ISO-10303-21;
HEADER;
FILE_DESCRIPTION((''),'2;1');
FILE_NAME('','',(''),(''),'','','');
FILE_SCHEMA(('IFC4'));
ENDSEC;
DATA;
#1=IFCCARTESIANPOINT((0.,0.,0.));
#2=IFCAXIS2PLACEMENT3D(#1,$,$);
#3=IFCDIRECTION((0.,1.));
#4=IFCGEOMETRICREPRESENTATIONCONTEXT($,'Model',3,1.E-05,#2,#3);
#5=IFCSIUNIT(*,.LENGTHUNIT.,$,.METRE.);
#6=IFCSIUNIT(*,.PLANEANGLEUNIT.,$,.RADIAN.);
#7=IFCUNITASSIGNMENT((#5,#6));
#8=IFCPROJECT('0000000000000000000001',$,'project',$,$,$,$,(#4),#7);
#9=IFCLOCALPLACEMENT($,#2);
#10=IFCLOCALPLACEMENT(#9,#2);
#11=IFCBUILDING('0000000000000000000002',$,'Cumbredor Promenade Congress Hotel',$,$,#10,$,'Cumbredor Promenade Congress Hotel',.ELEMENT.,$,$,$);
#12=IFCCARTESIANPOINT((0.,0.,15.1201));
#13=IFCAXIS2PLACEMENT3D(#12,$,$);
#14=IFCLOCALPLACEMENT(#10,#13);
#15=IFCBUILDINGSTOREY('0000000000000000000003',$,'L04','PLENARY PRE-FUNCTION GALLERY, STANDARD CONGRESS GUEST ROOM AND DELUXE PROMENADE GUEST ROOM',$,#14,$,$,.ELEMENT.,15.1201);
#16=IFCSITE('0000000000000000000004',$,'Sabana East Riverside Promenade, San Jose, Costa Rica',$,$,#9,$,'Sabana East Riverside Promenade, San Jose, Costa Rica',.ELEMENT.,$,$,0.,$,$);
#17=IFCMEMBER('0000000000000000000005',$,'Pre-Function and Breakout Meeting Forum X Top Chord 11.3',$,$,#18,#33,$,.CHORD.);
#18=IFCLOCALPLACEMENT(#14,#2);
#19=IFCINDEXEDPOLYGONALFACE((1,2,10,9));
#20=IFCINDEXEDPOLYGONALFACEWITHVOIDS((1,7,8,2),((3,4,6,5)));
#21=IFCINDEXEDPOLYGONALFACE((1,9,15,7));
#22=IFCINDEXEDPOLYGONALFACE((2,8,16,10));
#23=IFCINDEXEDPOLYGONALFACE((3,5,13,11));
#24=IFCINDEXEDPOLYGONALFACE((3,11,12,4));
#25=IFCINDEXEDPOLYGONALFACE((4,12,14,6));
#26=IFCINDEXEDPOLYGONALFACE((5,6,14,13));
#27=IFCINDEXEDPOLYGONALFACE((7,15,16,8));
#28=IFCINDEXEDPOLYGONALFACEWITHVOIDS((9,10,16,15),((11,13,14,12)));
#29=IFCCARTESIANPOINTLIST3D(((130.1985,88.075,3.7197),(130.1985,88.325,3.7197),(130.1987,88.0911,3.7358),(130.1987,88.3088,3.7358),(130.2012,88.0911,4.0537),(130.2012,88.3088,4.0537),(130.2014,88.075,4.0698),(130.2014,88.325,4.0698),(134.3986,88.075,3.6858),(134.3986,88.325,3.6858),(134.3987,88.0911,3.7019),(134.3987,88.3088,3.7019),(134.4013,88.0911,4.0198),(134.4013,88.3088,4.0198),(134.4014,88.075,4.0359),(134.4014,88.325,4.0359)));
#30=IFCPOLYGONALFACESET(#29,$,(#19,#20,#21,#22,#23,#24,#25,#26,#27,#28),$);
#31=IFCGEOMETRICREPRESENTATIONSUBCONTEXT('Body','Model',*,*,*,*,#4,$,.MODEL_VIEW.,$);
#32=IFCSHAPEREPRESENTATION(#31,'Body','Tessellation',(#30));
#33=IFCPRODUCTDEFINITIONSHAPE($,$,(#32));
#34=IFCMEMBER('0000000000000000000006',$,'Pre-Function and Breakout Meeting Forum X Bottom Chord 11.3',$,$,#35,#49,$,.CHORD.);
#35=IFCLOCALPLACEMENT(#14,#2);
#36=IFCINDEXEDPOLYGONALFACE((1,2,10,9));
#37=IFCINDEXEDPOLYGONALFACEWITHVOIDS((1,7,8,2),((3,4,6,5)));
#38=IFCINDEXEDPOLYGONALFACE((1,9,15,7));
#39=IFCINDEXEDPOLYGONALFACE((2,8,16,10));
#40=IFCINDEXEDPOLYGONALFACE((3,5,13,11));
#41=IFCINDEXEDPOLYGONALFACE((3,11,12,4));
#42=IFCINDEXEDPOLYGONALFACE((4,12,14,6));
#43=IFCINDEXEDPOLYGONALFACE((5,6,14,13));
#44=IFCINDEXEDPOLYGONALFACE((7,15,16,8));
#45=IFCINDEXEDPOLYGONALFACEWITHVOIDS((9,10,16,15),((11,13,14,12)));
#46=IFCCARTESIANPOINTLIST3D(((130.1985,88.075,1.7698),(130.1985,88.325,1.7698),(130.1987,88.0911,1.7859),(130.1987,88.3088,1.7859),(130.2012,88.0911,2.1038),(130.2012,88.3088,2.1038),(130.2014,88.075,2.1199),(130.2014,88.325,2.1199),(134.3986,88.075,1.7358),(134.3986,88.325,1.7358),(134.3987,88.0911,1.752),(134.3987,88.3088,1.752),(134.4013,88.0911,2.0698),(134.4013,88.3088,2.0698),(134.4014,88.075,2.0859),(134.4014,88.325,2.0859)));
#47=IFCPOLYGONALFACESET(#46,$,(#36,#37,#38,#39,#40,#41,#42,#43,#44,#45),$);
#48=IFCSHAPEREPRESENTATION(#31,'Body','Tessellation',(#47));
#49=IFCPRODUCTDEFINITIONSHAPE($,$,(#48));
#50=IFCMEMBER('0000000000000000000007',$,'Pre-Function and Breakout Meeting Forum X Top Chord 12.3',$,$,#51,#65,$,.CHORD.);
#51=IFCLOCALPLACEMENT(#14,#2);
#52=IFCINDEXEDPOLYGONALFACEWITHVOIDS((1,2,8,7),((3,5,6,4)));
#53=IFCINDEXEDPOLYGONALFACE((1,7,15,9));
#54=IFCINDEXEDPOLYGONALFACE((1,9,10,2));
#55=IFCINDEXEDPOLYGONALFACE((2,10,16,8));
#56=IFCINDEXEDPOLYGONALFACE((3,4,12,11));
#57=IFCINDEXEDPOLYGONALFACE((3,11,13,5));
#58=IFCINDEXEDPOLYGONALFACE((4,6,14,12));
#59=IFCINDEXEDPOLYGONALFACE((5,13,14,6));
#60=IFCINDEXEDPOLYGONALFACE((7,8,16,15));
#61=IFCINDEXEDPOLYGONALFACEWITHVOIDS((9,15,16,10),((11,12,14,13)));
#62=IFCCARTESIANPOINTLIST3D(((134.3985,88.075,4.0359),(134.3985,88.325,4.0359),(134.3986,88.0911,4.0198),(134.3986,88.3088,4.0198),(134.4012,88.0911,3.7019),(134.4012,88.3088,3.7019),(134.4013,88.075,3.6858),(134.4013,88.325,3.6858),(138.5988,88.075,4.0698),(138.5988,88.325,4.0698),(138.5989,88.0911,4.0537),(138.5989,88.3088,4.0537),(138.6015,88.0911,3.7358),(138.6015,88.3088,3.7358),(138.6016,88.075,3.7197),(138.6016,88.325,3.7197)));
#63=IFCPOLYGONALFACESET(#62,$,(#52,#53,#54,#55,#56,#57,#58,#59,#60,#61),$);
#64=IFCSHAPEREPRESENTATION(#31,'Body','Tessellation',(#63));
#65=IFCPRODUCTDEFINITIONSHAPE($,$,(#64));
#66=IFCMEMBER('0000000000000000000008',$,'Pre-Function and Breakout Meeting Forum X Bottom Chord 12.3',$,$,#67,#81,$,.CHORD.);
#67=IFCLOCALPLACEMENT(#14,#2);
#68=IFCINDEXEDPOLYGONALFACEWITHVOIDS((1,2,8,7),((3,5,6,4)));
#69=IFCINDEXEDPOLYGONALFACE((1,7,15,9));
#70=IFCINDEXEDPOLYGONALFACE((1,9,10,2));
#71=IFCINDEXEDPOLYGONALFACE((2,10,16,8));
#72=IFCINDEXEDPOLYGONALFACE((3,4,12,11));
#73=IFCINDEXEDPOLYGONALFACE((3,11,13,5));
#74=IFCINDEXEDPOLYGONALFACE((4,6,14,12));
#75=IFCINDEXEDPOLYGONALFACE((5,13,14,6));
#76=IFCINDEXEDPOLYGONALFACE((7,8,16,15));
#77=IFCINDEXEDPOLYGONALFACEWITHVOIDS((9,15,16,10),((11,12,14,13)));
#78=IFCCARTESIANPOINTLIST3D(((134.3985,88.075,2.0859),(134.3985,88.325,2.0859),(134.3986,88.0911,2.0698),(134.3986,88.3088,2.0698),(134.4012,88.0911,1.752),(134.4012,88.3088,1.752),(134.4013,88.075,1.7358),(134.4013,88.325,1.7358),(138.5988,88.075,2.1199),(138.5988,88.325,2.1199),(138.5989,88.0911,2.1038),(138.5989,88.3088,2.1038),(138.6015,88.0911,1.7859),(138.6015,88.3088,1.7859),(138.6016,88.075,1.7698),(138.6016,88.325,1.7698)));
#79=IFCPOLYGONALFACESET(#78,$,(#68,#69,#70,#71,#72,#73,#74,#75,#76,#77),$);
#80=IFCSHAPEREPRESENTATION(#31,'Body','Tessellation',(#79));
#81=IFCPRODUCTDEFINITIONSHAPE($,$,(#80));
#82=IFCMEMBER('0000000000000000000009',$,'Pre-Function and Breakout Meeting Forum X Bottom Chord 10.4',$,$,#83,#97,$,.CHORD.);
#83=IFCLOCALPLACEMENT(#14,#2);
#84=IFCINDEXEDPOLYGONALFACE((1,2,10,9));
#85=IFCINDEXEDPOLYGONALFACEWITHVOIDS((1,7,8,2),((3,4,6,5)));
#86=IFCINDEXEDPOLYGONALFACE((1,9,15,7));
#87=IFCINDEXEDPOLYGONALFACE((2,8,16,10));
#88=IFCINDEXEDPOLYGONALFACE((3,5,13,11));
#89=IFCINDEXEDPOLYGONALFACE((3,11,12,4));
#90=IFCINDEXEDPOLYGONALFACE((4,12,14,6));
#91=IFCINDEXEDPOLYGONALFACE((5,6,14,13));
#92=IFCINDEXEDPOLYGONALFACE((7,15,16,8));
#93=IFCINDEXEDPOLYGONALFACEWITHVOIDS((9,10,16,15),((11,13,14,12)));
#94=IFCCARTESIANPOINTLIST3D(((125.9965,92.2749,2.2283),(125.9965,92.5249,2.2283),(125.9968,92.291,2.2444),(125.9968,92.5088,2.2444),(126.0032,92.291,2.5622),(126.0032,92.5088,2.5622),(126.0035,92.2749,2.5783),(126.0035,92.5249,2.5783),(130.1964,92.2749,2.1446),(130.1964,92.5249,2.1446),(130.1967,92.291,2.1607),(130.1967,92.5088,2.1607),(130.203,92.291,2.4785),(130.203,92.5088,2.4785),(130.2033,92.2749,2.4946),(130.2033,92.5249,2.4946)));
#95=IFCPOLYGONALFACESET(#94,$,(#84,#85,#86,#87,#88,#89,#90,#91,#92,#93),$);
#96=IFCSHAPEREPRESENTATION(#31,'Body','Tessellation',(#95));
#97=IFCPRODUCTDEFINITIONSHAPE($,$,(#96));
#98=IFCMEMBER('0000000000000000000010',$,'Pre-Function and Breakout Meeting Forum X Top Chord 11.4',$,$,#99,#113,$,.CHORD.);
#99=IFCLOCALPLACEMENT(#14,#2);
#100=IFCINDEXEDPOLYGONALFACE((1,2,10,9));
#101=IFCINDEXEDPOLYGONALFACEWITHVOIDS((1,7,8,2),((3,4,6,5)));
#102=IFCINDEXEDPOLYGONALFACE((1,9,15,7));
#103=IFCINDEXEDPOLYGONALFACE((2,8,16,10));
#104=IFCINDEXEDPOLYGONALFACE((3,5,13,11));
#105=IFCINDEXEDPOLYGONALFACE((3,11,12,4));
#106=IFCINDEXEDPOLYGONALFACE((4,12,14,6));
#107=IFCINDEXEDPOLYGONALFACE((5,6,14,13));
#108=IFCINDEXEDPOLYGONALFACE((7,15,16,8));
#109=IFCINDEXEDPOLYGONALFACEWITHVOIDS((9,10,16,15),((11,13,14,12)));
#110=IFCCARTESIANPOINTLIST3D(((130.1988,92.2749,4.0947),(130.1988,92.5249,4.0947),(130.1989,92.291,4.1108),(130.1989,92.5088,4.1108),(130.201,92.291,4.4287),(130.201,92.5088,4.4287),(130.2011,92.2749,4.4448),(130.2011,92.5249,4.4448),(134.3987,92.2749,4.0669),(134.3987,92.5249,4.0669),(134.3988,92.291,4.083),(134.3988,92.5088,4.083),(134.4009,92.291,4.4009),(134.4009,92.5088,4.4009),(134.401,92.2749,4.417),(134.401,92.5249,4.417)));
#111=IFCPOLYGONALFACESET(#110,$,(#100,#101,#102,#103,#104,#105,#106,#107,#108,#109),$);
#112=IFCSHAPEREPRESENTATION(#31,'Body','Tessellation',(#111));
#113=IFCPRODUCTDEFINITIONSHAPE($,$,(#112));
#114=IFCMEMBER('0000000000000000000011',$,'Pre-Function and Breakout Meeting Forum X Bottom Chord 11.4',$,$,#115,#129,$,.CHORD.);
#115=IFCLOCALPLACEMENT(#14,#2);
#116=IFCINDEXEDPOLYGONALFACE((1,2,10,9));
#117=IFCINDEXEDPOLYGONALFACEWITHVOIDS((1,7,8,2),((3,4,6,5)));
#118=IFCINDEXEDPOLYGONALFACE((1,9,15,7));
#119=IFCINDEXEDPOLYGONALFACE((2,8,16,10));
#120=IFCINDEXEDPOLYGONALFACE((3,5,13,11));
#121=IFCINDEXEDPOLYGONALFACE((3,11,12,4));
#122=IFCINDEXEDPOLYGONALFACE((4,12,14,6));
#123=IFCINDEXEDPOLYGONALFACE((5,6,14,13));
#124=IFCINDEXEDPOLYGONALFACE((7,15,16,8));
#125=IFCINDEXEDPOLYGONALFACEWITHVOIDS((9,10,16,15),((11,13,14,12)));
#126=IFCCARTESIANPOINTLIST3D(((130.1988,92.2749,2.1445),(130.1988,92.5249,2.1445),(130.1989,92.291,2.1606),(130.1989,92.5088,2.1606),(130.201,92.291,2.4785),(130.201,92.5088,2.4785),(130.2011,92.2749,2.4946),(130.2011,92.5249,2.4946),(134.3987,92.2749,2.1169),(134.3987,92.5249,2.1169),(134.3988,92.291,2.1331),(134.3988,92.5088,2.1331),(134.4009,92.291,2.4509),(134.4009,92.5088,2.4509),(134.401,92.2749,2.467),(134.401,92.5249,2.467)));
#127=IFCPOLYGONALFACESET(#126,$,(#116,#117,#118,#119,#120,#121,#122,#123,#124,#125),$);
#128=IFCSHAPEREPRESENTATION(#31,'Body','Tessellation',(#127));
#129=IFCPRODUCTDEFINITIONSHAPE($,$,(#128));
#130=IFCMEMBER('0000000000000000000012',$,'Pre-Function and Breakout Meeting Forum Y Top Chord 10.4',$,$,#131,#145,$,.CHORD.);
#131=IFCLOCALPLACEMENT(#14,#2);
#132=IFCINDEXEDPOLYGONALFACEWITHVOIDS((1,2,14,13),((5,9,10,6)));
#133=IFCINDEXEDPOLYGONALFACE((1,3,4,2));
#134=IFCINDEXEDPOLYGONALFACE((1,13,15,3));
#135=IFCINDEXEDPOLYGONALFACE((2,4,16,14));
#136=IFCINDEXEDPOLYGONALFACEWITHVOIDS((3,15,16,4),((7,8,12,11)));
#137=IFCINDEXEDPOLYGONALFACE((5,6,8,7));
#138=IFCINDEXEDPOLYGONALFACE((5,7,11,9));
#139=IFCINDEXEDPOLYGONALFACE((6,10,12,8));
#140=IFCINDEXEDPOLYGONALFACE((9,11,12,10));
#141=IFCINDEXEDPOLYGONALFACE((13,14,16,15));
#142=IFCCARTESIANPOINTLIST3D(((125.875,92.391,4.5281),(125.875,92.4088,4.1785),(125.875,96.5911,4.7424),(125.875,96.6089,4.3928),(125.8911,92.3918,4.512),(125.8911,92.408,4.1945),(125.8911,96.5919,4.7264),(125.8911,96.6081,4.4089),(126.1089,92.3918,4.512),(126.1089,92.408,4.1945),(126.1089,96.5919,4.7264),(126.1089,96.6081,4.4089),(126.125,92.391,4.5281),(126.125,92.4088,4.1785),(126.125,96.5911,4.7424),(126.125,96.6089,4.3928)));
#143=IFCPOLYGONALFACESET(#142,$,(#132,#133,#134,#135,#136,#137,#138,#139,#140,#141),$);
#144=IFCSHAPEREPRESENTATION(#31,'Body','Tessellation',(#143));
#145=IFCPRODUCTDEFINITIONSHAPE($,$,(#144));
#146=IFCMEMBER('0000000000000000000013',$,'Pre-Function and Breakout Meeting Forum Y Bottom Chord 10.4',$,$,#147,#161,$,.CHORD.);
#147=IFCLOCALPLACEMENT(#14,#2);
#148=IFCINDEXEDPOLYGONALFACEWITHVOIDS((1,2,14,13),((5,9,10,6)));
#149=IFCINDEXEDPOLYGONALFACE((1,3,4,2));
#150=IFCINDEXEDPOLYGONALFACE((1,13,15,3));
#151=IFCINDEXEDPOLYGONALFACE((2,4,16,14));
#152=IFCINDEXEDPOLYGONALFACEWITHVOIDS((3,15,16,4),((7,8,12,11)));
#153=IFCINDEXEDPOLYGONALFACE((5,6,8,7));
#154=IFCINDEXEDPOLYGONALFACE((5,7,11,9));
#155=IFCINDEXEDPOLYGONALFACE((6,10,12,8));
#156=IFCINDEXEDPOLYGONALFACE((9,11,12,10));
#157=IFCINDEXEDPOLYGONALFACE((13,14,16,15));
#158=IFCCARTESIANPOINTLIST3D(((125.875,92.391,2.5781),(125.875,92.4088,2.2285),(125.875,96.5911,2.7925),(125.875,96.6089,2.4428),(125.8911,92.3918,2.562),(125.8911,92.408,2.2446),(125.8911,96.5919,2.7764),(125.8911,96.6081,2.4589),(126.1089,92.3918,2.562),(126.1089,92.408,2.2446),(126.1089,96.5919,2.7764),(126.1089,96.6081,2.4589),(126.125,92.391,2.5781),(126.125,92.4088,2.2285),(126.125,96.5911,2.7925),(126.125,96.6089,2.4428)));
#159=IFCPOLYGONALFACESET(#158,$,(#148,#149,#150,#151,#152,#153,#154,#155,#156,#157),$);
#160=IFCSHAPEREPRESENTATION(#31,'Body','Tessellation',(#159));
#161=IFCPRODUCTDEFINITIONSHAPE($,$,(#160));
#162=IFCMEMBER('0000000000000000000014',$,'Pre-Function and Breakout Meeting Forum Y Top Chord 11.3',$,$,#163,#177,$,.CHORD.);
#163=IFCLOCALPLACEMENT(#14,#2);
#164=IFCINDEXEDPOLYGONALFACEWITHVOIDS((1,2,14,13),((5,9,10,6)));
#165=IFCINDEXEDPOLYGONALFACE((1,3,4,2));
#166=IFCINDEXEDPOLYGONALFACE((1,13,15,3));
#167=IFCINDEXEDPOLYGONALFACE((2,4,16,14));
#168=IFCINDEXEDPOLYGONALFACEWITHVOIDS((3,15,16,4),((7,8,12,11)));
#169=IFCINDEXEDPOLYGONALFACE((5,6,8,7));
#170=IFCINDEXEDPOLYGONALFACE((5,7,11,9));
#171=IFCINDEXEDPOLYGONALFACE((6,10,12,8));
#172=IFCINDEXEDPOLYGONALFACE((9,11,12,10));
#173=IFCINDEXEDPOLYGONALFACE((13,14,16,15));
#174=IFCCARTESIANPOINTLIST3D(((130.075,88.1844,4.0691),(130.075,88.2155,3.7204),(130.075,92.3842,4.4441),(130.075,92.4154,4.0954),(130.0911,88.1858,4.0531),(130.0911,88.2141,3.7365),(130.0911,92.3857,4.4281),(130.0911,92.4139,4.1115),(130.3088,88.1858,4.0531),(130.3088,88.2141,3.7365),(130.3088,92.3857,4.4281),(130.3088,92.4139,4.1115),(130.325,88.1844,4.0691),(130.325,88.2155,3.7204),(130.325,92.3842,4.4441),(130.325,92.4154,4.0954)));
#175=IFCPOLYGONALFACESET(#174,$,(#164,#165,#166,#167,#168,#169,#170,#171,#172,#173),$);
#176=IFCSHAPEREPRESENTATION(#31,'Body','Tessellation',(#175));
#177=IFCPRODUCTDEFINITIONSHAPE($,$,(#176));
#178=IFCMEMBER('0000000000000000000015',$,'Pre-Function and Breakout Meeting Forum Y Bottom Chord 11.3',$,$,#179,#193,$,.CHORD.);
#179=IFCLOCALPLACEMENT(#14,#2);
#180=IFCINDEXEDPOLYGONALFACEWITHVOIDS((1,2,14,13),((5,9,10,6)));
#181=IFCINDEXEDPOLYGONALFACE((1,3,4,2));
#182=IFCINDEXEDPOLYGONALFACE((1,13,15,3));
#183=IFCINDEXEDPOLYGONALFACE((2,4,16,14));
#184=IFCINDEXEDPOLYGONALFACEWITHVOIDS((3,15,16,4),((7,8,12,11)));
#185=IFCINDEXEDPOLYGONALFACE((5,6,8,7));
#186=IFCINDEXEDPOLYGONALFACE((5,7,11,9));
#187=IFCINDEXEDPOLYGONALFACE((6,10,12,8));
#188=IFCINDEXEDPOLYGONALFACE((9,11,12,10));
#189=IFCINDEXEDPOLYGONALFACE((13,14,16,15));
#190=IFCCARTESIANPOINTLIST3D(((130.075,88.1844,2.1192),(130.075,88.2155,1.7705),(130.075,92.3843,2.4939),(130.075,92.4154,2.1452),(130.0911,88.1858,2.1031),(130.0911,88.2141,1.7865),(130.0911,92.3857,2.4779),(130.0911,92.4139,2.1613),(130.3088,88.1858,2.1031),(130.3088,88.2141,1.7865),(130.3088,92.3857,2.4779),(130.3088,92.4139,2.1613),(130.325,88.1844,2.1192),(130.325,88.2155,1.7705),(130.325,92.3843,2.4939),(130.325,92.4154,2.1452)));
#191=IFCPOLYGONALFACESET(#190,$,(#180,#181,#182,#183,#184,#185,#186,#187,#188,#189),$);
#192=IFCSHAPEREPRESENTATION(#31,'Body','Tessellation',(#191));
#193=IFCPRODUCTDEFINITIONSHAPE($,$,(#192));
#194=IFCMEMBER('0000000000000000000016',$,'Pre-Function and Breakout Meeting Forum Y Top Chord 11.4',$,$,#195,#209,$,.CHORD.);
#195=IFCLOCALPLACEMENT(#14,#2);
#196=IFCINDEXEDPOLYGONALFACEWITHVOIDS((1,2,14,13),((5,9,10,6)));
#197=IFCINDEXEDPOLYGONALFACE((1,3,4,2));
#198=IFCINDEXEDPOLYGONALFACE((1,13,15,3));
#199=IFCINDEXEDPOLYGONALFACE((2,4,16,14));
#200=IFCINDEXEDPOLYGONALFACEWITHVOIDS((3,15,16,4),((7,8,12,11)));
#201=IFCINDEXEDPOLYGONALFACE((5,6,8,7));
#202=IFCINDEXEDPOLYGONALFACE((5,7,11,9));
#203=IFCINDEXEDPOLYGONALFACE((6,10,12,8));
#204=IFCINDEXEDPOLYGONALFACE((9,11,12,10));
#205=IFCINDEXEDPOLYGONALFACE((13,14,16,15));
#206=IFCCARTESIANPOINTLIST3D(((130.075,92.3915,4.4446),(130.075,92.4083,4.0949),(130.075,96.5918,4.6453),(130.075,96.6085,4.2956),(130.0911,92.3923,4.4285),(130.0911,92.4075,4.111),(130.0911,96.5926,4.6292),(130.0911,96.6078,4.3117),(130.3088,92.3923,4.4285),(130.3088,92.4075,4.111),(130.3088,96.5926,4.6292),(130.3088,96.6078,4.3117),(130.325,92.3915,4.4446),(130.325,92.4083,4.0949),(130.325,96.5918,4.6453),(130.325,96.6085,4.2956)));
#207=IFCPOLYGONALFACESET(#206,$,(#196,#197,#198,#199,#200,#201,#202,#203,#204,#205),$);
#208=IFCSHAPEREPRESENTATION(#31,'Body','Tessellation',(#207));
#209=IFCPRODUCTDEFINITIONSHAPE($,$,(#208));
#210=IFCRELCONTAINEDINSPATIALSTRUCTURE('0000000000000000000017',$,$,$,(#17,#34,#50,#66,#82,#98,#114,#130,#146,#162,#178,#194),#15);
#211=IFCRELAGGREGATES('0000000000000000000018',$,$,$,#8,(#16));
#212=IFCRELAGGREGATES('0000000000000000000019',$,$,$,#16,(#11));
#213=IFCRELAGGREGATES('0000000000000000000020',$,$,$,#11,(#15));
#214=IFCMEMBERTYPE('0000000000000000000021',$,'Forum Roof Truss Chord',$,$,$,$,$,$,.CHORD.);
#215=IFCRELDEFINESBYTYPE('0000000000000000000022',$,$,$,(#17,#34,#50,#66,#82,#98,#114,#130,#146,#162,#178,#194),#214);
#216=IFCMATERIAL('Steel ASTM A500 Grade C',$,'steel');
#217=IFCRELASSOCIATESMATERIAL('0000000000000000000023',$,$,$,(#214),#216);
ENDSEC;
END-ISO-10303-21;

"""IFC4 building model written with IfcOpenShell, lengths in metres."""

from ifc_helpers import new_model, si_unit, direction, frame, origin, origin_2d, place, context, subcontext, project, spatial, hollow_rectangle, extrude, material, material_profile, profile_set, type_object, element, save


model = new_model("IFC4")

# Units and contexts
model_context = context("Model", 3, precision=1e-05, world=origin(), true_north=direction((0.0, 1.0)))
body_context = subcontext(model_context, "Body", "Model", "MODEL_VIEW")
ifc_project = project(units=[si_unit("LENGTHUNIT", "METRE"), si_unit("PLANEANGLEUNIT", "RADIAN")], contexts=[model_context])

# Site, building, storey
site_placement = place(None, origin())
site = spatial("IfcSite", under=ifc_project, at=site_placement, Name="Sabana East Riverside Promenade, San Jose, Costa Rica", LongName="Sabana East Riverside Promenade, San Jose, Costa Rica", CompositionType="ELEMENT", RefElevation=0.0)
building_placement = place(site_placement, origin())
building = spatial("IfcBuilding", under=site, at=building_placement, Name="Cumbredor Promenade Congress Hotel", LongName="Cumbredor Promenade Congress Hotel", CompositionType="ELEMENT")
storey_placement = place(building_placement, frame((0.0, 0.0, 15.1201)))
storey = spatial("IfcBuildingStorey", under=building, at=storey_placement, Name="L04", Description="PLENARY PRE-FUNCTION GALLERY, STANDARD CONGRESS GUEST ROOM AND DELUXE PROMENADE GUEST ROOM", CompositionType="ELEMENT", Elevation=15.1201)

# Members
ifc_material_1 = material(Name="Steel ASTM A500 Grade C", Category="steel")
ifc_material_profile_1 = material_profile(ifc_material_1, hollow_rectangle(XDim=0.25, YDim=0.3501, WallThickness=0.0161, at=origin_2d()), Name="HSS 350x250x16")
ifc_profile_set_1 = profile_set([ifc_material_profile_1], Name="Steel ASTM A500 Grade C")
member_type_1 = type_object("IfcMemberType", Name="Forum Roof Truss Chord", PredefinedType="CHORD", material=ifc_profile_set_1)
for number, where, z_axis, x_axis, name in (
    (1, (130.2, 88.2, 3.8948), (0.999967, 0.0, -0.00808), (0.0, 1.0, 0.0), "Pre-Function and Breakout Meeting Forum X Top Chord 11.3"),
    (2, (130.2, 88.2, 1.9448), (0.999967, 0.0, -0.00808), (0.0, 1.0, 0.0), "Pre-Function and Breakout Meeting Forum X Bottom Chord 11.3"),
):
    element("IfcMember", number, at=place(storey_placement, frame(where, z_axis=z_axis, x_axis=x_axis)), inside=storey, type_object=member_type_1, Name=name, PredefinedType="CHORD", context=body_context, shape_type="SweptSolid", body=[
        extrude(hollow_rectangle(XDim=0.25, YDim=0.3501, WallThickness=0.0161, at=origin_2d()), origin(), (0.0, 0.0, 1.0), 4.2002),
    ])
for number, where, z_axis, x_axis, name in (
    (3, (134.3999, 88.2, 3.8608), (0.999967, 0.0, 0.008079), (0.0, 1.0, 0.0), "Pre-Function and Breakout Meeting Forum X Top Chord 12.3"),
    (4, (134.3999, 88.2, 1.9109), (0.999967, 0.0, 0.008079), (0.0, 1.0, 0.0), "Pre-Function and Breakout Meeting Forum X Bottom Chord 12.3"),
):
    element("IfcMember", number, at=place(storey_placement, frame(where, z_axis=z_axis, x_axis=x_axis)), inside=storey, type_object=member_type_1, Name=name, PredefinedType="CHORD", context=body_context, shape_type="SweptSolid", body=[
        extrude(hollow_rectangle(XDim=0.25, YDim=0.3501, WallThickness=0.0161, at=origin_2d()), origin(), (0.0, 0.0, 1.0), 4.2004),
    ])
member_1_placement = place(storey_placement, frame((126.0, 92.3999, 2.4033), z_axis=(0.999801, 0.0, -0.019934), x_axis=(0.0, 1.0, 0.0)))
element("IfcMember", 5, at=member_1_placement, inside=storey, type_object=member_type_1, Name="Pre-Function and Breakout Meeting Forum X Bottom Chord 10.4", PredefinedType="CHORD", context=body_context, shape_type="SweptSolid", body=[
    extrude(hollow_rectangle(XDim=0.25, YDim=0.3501, WallThickness=0.0161, at=origin_2d()), origin(), (0.0, 0.0, 1.0), 4.2007),
])
for number, where, z_axis, x_axis, name in (
    (6, (130.2, 92.3999, 4.2698), (0.999978, 0.0, -0.006627), (0.0, 1.0, 0.0), "Pre-Function and Breakout Meeting Forum X Top Chord 11.4"),
    (7, (130.2, 92.3999, 2.3196), (0.999978, 0.0, -0.006568), (0.0, 1.0, 0.0), "Pre-Function and Breakout Meeting Forum X Bottom Chord 11.4"),
):
    element("IfcMember", number, at=place(storey_placement, frame(where, z_axis=z_axis, x_axis=x_axis)), inside=storey, type_object=member_type_1, Name=name, PredefinedType="CHORD", context=body_context, shape_type="SweptSolid", body=[
        extrude(hollow_rectangle(XDim=0.25, YDim=0.3501, WallThickness=0.0161, at=origin_2d()), origin(), (0.0, 0.0, 1.0), 4.2),
    ])
for number, where, z_axis, x_axis, name in (
    (8, (126.0, 92.3999, 4.3533), (0.0, 0.9987, 0.050968), (-1.0, 0.0, 0.0), "Pre-Function and Breakout Meeting Forum Y Top Chord 10.4"),
    (9, (126.0, 92.3999, 2.4033), (0.0, 0.9987, 0.050968), (-1.0, 0.0, 0.0), "Pre-Function and Breakout Meeting Forum Y Bottom Chord 10.4"),
):
    element("IfcMember", number, at=place(storey_placement, frame(where, z_axis=z_axis, x_axis=x_axis)), inside=storey, type_object=member_type_1, Name=name, PredefinedType="CHORD", context=body_context, shape_type="SweptSolid", body=[
        extrude(hollow_rectangle(XDim=0.25, YDim=0.3501, WallThickness=0.0161, at=origin_2d()), origin(), (0.0, 0.0, 1.0), 4.2056),
    ])
for number, where, z_axis, x_axis, name in (
    (10, (130.2, 88.2, 3.8948), (0.0, 0.996038, 0.088933), (-1.0, 0.0, 0.0), "Pre-Function and Breakout Meeting Forum Y Top Chord 11.3"),
    (11, (130.2, 88.2, 1.9448), (0.0, 0.996043, 0.088876), (-1.0, 0.0, 0.0), "Pre-Function and Breakout Meeting Forum Y Bottom Chord 11.3"),
):
    element("IfcMember", number, at=place(storey_placement, frame(where, z_axis=z_axis, x_axis=x_axis)), inside=storey, type_object=member_type_1, Name=name, PredefinedType="CHORD", context=body_context, shape_type="SweptSolid", body=[
        extrude(hollow_rectangle(XDim=0.25, YDim=0.3501, WallThickness=0.0161, at=origin_2d()), origin(), (0.0, 0.0, 1.0), 4.2166),
    ])
for number, where, z_axis, x_axis, name in (
    (12, (130.2, 92.3999, 4.2698), (0.0, 0.998861, 0.047725), (-1.0, 0.0, 0.0), "Pre-Function and Breakout Meeting Forum Y Top Chord 11.4"),
):
    element("IfcMember", number, at=place(storey_placement, frame(where, z_axis=z_axis, x_axis=x_axis)), inside=storey, type_object=member_type_1, Name=name, PredefinedType="CHORD", context=body_context, shape_type="SweptSolid", body=[
        extrude(hollow_rectangle(XDim=0.25, YDim=0.3501, WallThickness=0.0161, at=origin_2d()), origin(), (0.0, 0.0, 1.0), 4.2051),
    ])

save(model, "model.ifc")
